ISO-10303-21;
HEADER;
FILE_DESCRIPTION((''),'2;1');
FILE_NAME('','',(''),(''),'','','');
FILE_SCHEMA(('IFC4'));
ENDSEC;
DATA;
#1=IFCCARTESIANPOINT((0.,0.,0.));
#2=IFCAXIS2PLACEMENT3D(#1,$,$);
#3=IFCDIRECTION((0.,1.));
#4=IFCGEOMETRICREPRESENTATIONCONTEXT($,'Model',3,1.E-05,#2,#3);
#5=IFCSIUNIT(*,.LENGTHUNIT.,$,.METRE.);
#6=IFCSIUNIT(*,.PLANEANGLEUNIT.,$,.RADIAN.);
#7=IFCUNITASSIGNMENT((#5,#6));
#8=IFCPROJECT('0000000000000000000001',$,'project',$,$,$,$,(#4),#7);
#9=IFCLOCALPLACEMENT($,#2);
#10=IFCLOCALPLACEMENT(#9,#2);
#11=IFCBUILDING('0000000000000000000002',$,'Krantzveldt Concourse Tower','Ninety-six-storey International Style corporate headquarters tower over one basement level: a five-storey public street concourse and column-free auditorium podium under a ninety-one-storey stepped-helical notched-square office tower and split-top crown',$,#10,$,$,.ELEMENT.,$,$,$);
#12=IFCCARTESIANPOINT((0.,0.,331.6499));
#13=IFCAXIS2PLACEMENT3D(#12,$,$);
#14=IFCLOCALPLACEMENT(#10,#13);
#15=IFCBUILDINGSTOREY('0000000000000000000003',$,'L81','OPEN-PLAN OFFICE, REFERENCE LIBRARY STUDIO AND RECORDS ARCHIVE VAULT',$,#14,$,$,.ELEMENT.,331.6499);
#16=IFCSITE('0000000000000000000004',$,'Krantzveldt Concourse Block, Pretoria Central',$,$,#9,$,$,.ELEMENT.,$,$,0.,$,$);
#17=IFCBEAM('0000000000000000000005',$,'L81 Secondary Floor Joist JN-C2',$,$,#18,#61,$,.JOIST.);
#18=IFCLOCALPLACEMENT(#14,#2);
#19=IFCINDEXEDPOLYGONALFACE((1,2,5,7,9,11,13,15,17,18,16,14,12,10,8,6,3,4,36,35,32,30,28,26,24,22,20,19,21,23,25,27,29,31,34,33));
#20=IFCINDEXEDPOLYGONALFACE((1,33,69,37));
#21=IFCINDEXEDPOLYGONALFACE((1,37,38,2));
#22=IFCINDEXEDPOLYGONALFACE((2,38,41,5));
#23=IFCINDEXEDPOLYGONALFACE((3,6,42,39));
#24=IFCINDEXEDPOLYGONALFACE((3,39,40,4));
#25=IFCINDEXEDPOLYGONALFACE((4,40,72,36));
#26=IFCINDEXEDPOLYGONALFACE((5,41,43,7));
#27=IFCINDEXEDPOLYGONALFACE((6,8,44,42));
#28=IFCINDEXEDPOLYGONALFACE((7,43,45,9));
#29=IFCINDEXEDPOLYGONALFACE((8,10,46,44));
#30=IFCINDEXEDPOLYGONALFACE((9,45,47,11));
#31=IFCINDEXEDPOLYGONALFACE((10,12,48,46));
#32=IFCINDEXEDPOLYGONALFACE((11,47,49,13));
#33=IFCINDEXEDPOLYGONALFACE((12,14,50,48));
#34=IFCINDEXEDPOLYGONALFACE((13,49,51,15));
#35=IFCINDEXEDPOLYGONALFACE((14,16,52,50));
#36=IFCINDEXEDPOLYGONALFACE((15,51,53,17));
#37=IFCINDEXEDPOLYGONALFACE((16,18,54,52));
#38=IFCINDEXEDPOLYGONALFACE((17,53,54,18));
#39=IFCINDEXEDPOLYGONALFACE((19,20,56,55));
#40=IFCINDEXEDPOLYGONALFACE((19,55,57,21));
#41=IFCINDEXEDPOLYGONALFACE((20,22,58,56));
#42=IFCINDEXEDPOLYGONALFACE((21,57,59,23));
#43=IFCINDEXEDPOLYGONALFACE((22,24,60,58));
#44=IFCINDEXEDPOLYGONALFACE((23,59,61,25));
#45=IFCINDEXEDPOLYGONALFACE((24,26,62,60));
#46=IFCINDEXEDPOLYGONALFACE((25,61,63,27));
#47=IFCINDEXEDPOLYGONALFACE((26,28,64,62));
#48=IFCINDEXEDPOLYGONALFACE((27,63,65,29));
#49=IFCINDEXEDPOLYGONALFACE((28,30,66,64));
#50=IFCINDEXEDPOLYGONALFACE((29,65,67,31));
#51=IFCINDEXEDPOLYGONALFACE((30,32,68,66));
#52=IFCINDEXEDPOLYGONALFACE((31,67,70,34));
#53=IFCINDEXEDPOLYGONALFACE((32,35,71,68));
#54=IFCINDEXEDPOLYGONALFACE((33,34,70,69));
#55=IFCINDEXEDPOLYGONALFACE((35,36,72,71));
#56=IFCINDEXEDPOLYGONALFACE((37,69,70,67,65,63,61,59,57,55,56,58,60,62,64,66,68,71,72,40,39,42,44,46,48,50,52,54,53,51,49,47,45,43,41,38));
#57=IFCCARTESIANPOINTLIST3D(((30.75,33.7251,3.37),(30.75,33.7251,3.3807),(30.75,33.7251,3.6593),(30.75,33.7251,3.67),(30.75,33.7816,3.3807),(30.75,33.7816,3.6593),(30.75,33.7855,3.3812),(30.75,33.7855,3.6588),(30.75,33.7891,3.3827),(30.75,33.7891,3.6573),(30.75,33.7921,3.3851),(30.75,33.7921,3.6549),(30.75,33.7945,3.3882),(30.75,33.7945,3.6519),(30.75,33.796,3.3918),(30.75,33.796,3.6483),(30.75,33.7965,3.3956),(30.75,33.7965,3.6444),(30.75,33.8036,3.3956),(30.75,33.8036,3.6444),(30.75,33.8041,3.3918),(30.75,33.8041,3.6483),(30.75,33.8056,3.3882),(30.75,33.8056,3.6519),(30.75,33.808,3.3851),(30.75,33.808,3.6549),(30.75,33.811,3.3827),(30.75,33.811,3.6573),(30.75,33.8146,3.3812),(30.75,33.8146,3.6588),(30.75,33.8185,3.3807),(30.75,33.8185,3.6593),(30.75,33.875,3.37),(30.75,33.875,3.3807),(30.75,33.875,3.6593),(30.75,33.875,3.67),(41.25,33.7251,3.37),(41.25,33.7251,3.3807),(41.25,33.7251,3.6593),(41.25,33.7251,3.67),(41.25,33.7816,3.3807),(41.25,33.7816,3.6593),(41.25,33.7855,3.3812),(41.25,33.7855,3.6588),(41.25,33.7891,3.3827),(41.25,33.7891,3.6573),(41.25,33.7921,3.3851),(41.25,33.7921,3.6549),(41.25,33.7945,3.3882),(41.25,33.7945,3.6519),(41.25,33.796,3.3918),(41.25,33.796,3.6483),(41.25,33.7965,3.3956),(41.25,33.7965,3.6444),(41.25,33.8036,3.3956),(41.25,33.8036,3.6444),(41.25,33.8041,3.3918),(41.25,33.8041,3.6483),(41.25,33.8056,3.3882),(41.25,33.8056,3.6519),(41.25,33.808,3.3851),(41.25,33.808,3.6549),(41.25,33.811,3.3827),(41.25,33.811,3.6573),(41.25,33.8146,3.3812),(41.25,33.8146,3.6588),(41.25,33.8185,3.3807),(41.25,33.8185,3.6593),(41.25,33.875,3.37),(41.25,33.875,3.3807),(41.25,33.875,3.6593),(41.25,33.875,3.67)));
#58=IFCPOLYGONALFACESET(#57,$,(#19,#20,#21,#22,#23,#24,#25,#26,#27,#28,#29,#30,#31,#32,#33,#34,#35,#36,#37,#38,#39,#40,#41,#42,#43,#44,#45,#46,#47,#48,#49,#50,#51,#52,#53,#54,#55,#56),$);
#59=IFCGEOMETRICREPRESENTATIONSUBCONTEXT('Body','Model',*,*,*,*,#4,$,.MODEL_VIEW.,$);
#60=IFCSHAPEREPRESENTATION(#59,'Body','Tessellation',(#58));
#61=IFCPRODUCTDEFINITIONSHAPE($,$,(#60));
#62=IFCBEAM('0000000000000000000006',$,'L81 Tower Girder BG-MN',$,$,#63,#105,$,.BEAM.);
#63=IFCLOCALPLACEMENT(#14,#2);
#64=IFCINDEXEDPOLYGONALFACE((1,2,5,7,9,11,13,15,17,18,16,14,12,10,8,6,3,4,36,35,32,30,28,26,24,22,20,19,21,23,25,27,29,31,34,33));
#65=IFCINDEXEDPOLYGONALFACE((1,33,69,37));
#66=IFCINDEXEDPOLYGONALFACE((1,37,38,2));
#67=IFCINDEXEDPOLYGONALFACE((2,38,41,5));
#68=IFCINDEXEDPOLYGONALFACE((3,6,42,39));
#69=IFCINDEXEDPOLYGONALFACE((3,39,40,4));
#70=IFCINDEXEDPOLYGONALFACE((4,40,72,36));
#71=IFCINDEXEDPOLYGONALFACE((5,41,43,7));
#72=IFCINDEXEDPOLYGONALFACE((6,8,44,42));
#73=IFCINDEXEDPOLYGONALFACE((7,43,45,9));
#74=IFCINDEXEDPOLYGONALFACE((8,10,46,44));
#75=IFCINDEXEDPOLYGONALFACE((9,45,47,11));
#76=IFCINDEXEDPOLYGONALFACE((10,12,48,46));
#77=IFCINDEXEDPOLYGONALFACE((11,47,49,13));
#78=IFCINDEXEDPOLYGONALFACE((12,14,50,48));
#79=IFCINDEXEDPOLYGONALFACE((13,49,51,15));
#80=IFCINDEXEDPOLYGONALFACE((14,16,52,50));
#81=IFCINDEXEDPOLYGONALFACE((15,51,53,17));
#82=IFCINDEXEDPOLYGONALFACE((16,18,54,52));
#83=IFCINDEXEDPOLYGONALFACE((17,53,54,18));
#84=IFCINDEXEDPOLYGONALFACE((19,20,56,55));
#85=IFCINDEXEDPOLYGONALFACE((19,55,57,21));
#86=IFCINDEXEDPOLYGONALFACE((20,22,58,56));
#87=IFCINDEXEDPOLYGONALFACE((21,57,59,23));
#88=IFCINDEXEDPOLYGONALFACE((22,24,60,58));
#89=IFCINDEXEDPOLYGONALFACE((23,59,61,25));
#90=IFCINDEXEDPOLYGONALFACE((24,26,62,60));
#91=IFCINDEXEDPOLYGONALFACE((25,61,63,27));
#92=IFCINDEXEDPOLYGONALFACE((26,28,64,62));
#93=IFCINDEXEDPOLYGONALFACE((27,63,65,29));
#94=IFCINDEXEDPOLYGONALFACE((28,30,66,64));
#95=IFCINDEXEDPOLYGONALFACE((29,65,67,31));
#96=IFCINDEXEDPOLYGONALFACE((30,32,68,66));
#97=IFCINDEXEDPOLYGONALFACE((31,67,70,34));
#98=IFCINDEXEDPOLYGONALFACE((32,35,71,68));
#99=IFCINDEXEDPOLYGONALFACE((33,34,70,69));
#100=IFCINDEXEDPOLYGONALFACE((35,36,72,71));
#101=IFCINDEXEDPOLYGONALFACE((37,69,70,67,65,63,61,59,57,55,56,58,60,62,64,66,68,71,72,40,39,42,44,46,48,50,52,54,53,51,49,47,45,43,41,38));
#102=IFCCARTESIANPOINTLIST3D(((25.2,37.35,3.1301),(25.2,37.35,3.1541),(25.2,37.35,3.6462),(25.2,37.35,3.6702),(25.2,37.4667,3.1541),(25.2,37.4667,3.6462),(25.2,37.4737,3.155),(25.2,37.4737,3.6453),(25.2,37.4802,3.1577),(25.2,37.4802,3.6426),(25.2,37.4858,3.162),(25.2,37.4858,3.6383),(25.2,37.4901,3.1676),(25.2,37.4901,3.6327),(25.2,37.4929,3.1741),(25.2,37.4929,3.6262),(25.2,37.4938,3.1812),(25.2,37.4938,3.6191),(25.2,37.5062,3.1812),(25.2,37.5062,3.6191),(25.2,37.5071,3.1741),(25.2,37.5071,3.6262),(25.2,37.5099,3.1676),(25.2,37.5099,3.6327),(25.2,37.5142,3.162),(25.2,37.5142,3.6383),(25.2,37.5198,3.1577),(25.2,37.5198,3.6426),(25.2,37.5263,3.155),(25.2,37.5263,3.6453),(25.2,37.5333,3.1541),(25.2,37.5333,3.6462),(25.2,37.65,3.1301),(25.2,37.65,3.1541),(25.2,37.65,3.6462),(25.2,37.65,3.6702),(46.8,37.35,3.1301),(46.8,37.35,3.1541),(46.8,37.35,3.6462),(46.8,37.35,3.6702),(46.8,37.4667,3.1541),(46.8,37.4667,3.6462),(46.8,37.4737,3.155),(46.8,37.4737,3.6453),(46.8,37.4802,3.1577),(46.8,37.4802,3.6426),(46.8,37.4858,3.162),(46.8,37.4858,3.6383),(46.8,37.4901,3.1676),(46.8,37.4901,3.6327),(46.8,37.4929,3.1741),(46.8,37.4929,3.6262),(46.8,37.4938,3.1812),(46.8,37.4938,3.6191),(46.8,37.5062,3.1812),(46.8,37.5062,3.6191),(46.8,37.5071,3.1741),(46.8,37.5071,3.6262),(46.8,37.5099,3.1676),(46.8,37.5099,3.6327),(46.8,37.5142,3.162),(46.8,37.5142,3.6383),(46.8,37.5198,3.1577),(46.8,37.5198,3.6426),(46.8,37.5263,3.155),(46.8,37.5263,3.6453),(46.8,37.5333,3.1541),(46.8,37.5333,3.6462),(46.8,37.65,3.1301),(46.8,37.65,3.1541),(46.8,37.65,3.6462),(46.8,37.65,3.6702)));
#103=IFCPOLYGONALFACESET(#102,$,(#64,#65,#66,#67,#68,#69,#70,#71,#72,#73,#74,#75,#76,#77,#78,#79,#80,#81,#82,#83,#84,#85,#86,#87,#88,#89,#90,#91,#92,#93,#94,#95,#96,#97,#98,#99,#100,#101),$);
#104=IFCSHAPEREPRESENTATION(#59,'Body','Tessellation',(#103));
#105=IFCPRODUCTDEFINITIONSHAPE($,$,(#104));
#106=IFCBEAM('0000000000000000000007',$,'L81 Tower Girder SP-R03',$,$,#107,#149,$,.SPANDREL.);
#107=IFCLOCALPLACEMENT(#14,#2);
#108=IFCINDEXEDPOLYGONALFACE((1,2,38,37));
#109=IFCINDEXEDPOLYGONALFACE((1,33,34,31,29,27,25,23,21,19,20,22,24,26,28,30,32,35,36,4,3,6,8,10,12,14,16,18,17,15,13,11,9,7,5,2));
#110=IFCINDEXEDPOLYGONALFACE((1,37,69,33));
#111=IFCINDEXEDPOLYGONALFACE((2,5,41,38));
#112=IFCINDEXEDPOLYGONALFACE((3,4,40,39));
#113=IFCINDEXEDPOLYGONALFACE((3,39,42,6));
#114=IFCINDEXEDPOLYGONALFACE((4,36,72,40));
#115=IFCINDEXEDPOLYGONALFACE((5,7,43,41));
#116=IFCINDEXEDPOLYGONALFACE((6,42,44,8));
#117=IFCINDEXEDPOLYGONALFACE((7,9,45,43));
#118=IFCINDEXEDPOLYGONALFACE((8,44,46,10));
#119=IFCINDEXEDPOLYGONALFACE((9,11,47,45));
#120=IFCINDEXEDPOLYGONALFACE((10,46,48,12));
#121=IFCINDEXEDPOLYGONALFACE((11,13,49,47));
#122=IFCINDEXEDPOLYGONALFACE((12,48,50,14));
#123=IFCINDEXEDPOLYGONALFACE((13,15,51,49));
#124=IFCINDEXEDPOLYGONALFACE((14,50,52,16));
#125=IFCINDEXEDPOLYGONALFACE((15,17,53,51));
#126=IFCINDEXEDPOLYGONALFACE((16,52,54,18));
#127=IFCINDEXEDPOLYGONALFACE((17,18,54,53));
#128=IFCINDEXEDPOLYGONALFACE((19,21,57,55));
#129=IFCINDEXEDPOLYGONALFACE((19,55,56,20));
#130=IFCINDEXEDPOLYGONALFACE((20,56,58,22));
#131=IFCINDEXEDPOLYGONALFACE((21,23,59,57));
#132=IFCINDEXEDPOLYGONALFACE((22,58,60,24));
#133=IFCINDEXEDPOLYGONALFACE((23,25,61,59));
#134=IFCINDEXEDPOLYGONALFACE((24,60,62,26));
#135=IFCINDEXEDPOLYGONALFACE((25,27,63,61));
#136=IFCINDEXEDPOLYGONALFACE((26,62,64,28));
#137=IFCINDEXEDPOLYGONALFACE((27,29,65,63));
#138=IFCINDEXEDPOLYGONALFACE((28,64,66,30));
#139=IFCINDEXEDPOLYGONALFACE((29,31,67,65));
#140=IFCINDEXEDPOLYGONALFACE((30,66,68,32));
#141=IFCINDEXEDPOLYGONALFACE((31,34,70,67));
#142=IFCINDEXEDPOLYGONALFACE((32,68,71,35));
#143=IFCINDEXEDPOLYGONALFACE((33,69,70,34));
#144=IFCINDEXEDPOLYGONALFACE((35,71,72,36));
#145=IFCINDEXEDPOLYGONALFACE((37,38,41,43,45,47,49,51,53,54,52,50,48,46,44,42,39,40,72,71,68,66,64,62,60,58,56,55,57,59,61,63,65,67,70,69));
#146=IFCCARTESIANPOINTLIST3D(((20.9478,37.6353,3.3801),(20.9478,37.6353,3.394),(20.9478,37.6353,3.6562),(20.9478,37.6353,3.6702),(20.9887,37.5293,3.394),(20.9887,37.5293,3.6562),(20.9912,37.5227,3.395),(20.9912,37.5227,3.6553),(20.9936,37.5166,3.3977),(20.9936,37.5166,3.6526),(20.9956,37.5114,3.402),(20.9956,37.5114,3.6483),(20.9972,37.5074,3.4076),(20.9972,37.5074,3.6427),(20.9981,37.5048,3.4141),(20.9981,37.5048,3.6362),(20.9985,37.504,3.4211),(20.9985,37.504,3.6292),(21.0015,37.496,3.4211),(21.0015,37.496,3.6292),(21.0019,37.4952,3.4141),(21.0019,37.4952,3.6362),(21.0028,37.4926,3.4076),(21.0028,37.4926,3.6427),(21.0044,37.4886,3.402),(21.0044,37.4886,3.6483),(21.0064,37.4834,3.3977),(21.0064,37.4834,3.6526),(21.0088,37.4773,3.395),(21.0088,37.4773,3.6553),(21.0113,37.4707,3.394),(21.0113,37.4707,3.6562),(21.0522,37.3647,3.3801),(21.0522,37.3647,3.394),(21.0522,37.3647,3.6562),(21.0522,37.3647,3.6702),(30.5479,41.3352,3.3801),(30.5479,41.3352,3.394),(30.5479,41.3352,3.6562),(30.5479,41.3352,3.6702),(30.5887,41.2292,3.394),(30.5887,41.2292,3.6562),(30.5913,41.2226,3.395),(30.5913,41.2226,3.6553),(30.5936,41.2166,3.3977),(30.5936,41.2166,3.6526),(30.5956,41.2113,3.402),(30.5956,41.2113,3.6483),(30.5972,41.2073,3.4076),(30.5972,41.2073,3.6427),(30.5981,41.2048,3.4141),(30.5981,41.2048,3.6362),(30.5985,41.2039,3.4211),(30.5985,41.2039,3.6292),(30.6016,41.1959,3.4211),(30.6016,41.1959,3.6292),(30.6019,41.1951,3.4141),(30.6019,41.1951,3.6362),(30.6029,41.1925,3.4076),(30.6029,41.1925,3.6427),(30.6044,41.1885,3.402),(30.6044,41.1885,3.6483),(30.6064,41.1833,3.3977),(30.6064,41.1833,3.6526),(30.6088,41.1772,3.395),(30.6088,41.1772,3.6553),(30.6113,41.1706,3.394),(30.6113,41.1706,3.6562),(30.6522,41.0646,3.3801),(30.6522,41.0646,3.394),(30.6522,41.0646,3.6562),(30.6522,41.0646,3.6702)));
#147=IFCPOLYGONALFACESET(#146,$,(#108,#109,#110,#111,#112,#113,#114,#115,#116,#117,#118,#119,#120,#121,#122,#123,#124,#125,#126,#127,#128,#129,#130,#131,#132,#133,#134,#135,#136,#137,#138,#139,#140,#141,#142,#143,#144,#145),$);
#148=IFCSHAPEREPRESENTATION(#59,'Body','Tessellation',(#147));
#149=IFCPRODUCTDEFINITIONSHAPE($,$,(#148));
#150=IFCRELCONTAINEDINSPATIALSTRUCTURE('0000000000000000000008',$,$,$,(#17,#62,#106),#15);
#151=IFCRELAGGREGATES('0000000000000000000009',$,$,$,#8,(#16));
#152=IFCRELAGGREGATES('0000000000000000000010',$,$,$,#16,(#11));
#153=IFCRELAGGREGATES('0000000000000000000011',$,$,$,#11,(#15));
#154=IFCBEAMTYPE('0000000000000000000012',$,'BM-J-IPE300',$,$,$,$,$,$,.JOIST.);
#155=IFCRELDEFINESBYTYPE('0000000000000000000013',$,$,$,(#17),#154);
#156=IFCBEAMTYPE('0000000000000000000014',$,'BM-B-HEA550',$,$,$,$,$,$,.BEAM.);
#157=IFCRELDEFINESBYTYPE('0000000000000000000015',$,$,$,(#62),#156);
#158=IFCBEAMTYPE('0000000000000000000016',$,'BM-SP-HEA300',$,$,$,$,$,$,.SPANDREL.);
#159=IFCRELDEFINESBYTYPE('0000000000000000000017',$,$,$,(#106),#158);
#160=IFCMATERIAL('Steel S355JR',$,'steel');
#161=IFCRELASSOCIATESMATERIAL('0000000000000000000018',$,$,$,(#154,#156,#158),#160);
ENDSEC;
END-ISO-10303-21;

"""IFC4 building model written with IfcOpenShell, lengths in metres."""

from ifc_helpers import new_model, si_unit, direction, frame, origin, origin_2d, place, context, subcontext, project, spatial, i_section, extrude, source, transform, mapped, material, material_profile, profile_set, type_object, type_shapes, element, save


model = new_model("IFC4")

# Units and contexts
model_context = context("Model", 3, precision=1e-05, world=origin(), true_north=direction((0.0, 1.0)))
body_context = subcontext(model_context, "Body", "Model", "MODEL_VIEW")
ifc_project = project(units=[si_unit("LENGTHUNIT", "METRE"), si_unit("PLANEANGLEUNIT", "RADIAN")], contexts=[model_context])

# Site, building, storey
site_placement = place(None, origin())
site = spatial("IfcSite", under=ifc_project, at=site_placement, Name="Krantzveldt Concourse Block, Pretoria Central", CompositionType="ELEMENT", RefElevation=0.0)
building_placement = place(site_placement, origin())
building = spatial("IfcBuilding", under=site, at=building_placement, Name="Krantzveldt Concourse Tower", Description="Ninety-six-storey International Style corporate headquarters tower over one basement level: a five-storey public street concourse and column-free auditorium podium under a ninety-one-storey stepped-helical notched-square office tower and split-top crown", CompositionType="ELEMENT")
storey_placement = place(building_placement, frame((0.0, 0.0, 331.6499)))
storey = spatial("IfcBuildingStorey", under=building, at=storey_placement, Name="L81", Description="OPEN-PLAN OFFICE, REFERENCE LIBRARY STUDIO AND RECORDS ARCHIVE VAULT", CompositionType="ELEMENT", Elevation=331.6499)

# Beams
ifc_material_1 = material(Name="Steel S355JR", Category="steel")
ifc_material_profile_1 = material_profile(ifc_material_1, i_section(OverallWidth=0.1499, OverallDepth=0.3, WebThickness=0.0071, FlangeThickness=0.0107, FilletRadius=0.0149, at=origin_2d()), Name="Steel S355JR", Category="steel")
ifc_profile_set_1 = profile_set([ifc_material_profile_1], Name="Steel S355JR - IPE 300")
beam_type_1 = type_object("IfcBeamType", Name="BM-J-IPE300", PredefinedType="JOIST", material=ifc_profile_set_1)
shared_shape_1 = source(origin(), body_context, "Body", "SweptSolid", [
    extrude(i_section(OverallWidth=0.1499, OverallDepth=0.3, WebThickness=0.0071, FlangeThickness=0.0107, FilletRadius=0.0149, at=origin_2d()), origin(), (0.0, 0.0, 1.0), 10.5),
])
beam_1_placement = place(storey_placement, frame((30.75, 33.8, 3.52), z_axis=(1.0, 0.0, 0.0), x_axis=(0.0, 1.0, 0.0)))
element("IfcBeam", 1, at=beam_1_placement, inside=storey, type_object=beam_type_1, Name="L81 Secondary Floor Joist JN-C2", PredefinedType="JOIST", context=body_context, shape_type="MappedRepresentation", body=[
    mapped(shared_shape_1, transform((0.0, 0.0, 0.0), x_axis=(1.0, 0.0, 0.0), y_axis=(0.0, 1.0, 0.0), z_axis=(0.0, 0.0, 1.0), scale=1.0)),
])
ifc_material_profile_2 = material_profile(ifc_material_1, i_section(OverallWidth=0.3, OverallDepth=0.54, WebThickness=0.0125, FlangeThickness=0.0239, FilletRadius=0.0271, at=origin_2d()), Name="Steel S355JR", Category="steel")
ifc_profile_set_2 = profile_set([ifc_material_profile_2], Name="Steel S355JR - HEA 550")
beam_type_2 = type_object("IfcBeamType", Name="BM-B-HEA550", PredefinedType="BEAM", material=ifc_profile_set_2)
shared_shape_2 = source(origin(), body_context, "Body", "SweptSolid", [
    extrude(i_section(OverallWidth=0.3, OverallDepth=0.54, WebThickness=0.0125, FlangeThickness=0.0239, FilletRadius=0.0271, at=origin_2d()), origin(), (0.0, 0.0, 1.0), 21.6001),
])
type_shapes(beam_type_2, [shared_shape_2])
beam_2_placement = place(storey_placement, frame((25.2, 37.5, 3.4001), z_axis=(1.0, 0.0, 0.0), x_axis=(0.0, 1.0, 0.0)))
element("IfcBeam", 2, at=beam_2_placement, inside=storey, type_object=beam_type_2, Name="L81 Tower Girder BG-MN", PredefinedType="BEAM", context=body_context, shape_type="MappedRepresentation", body=[
    mapped(shared_shape_2, transform((0.0, 0.0, 0.0), x_axis=(1.0, 0.0, 0.0), y_axis=(0.0, 1.0, 0.0), z_axis=(0.0, 0.0, 1.0), scale=1.0)),
])
ifc_material_profile_3 = material_profile(ifc_material_1, i_section(OverallWidth=0.29, OverallDepth=0.29, WebThickness=0.0085, FlangeThickness=0.0139, FilletRadius=0.0271, at=origin_2d()), Name="Steel S355JR", Category="steel")
ifc_profile_set_3 = profile_set([ifc_material_profile_3], Name="Steel S355JR - HEA 300")
beam_type_3 = type_object("IfcBeamType", Name="BM-SP-HEA300", PredefinedType="SPANDREL", material=ifc_profile_set_3)
shared_shape_3 = source(origin(), body_context, "Body", "SweptSolid", [
    extrude(i_section(OverallWidth=0.29, OverallDepth=0.29, WebThickness=0.0085, FlangeThickness=0.0139, FilletRadius=0.0271, at=origin_2d()), origin(), (0.0, 0.0, 1.0), 10.2883),
])
beam_3_placement = place(storey_placement, frame((21.0, 37.5, 3.5251), z_axis=(0.933098, 0.359623, 0.0), x_axis=(-0.359623, 0.933098, 0.0)))
element("IfcBeam", 3, at=beam_3_placement, inside=storey, type_object=beam_type_3, Name="L81 Tower Girder SP-R03", PredefinedType="SPANDREL", context=body_context, shape_type="MappedRepresentation", body=[
    mapped(shared_shape_3, transform((0.0, 0.0, 0.0), x_axis=(1.0, 0.0, 0.0), y_axis=(0.0, 1.0, 0.0), z_axis=(0.0, 0.0, 1.0), scale=1.0)),
])

save(model, "model.ifc")
